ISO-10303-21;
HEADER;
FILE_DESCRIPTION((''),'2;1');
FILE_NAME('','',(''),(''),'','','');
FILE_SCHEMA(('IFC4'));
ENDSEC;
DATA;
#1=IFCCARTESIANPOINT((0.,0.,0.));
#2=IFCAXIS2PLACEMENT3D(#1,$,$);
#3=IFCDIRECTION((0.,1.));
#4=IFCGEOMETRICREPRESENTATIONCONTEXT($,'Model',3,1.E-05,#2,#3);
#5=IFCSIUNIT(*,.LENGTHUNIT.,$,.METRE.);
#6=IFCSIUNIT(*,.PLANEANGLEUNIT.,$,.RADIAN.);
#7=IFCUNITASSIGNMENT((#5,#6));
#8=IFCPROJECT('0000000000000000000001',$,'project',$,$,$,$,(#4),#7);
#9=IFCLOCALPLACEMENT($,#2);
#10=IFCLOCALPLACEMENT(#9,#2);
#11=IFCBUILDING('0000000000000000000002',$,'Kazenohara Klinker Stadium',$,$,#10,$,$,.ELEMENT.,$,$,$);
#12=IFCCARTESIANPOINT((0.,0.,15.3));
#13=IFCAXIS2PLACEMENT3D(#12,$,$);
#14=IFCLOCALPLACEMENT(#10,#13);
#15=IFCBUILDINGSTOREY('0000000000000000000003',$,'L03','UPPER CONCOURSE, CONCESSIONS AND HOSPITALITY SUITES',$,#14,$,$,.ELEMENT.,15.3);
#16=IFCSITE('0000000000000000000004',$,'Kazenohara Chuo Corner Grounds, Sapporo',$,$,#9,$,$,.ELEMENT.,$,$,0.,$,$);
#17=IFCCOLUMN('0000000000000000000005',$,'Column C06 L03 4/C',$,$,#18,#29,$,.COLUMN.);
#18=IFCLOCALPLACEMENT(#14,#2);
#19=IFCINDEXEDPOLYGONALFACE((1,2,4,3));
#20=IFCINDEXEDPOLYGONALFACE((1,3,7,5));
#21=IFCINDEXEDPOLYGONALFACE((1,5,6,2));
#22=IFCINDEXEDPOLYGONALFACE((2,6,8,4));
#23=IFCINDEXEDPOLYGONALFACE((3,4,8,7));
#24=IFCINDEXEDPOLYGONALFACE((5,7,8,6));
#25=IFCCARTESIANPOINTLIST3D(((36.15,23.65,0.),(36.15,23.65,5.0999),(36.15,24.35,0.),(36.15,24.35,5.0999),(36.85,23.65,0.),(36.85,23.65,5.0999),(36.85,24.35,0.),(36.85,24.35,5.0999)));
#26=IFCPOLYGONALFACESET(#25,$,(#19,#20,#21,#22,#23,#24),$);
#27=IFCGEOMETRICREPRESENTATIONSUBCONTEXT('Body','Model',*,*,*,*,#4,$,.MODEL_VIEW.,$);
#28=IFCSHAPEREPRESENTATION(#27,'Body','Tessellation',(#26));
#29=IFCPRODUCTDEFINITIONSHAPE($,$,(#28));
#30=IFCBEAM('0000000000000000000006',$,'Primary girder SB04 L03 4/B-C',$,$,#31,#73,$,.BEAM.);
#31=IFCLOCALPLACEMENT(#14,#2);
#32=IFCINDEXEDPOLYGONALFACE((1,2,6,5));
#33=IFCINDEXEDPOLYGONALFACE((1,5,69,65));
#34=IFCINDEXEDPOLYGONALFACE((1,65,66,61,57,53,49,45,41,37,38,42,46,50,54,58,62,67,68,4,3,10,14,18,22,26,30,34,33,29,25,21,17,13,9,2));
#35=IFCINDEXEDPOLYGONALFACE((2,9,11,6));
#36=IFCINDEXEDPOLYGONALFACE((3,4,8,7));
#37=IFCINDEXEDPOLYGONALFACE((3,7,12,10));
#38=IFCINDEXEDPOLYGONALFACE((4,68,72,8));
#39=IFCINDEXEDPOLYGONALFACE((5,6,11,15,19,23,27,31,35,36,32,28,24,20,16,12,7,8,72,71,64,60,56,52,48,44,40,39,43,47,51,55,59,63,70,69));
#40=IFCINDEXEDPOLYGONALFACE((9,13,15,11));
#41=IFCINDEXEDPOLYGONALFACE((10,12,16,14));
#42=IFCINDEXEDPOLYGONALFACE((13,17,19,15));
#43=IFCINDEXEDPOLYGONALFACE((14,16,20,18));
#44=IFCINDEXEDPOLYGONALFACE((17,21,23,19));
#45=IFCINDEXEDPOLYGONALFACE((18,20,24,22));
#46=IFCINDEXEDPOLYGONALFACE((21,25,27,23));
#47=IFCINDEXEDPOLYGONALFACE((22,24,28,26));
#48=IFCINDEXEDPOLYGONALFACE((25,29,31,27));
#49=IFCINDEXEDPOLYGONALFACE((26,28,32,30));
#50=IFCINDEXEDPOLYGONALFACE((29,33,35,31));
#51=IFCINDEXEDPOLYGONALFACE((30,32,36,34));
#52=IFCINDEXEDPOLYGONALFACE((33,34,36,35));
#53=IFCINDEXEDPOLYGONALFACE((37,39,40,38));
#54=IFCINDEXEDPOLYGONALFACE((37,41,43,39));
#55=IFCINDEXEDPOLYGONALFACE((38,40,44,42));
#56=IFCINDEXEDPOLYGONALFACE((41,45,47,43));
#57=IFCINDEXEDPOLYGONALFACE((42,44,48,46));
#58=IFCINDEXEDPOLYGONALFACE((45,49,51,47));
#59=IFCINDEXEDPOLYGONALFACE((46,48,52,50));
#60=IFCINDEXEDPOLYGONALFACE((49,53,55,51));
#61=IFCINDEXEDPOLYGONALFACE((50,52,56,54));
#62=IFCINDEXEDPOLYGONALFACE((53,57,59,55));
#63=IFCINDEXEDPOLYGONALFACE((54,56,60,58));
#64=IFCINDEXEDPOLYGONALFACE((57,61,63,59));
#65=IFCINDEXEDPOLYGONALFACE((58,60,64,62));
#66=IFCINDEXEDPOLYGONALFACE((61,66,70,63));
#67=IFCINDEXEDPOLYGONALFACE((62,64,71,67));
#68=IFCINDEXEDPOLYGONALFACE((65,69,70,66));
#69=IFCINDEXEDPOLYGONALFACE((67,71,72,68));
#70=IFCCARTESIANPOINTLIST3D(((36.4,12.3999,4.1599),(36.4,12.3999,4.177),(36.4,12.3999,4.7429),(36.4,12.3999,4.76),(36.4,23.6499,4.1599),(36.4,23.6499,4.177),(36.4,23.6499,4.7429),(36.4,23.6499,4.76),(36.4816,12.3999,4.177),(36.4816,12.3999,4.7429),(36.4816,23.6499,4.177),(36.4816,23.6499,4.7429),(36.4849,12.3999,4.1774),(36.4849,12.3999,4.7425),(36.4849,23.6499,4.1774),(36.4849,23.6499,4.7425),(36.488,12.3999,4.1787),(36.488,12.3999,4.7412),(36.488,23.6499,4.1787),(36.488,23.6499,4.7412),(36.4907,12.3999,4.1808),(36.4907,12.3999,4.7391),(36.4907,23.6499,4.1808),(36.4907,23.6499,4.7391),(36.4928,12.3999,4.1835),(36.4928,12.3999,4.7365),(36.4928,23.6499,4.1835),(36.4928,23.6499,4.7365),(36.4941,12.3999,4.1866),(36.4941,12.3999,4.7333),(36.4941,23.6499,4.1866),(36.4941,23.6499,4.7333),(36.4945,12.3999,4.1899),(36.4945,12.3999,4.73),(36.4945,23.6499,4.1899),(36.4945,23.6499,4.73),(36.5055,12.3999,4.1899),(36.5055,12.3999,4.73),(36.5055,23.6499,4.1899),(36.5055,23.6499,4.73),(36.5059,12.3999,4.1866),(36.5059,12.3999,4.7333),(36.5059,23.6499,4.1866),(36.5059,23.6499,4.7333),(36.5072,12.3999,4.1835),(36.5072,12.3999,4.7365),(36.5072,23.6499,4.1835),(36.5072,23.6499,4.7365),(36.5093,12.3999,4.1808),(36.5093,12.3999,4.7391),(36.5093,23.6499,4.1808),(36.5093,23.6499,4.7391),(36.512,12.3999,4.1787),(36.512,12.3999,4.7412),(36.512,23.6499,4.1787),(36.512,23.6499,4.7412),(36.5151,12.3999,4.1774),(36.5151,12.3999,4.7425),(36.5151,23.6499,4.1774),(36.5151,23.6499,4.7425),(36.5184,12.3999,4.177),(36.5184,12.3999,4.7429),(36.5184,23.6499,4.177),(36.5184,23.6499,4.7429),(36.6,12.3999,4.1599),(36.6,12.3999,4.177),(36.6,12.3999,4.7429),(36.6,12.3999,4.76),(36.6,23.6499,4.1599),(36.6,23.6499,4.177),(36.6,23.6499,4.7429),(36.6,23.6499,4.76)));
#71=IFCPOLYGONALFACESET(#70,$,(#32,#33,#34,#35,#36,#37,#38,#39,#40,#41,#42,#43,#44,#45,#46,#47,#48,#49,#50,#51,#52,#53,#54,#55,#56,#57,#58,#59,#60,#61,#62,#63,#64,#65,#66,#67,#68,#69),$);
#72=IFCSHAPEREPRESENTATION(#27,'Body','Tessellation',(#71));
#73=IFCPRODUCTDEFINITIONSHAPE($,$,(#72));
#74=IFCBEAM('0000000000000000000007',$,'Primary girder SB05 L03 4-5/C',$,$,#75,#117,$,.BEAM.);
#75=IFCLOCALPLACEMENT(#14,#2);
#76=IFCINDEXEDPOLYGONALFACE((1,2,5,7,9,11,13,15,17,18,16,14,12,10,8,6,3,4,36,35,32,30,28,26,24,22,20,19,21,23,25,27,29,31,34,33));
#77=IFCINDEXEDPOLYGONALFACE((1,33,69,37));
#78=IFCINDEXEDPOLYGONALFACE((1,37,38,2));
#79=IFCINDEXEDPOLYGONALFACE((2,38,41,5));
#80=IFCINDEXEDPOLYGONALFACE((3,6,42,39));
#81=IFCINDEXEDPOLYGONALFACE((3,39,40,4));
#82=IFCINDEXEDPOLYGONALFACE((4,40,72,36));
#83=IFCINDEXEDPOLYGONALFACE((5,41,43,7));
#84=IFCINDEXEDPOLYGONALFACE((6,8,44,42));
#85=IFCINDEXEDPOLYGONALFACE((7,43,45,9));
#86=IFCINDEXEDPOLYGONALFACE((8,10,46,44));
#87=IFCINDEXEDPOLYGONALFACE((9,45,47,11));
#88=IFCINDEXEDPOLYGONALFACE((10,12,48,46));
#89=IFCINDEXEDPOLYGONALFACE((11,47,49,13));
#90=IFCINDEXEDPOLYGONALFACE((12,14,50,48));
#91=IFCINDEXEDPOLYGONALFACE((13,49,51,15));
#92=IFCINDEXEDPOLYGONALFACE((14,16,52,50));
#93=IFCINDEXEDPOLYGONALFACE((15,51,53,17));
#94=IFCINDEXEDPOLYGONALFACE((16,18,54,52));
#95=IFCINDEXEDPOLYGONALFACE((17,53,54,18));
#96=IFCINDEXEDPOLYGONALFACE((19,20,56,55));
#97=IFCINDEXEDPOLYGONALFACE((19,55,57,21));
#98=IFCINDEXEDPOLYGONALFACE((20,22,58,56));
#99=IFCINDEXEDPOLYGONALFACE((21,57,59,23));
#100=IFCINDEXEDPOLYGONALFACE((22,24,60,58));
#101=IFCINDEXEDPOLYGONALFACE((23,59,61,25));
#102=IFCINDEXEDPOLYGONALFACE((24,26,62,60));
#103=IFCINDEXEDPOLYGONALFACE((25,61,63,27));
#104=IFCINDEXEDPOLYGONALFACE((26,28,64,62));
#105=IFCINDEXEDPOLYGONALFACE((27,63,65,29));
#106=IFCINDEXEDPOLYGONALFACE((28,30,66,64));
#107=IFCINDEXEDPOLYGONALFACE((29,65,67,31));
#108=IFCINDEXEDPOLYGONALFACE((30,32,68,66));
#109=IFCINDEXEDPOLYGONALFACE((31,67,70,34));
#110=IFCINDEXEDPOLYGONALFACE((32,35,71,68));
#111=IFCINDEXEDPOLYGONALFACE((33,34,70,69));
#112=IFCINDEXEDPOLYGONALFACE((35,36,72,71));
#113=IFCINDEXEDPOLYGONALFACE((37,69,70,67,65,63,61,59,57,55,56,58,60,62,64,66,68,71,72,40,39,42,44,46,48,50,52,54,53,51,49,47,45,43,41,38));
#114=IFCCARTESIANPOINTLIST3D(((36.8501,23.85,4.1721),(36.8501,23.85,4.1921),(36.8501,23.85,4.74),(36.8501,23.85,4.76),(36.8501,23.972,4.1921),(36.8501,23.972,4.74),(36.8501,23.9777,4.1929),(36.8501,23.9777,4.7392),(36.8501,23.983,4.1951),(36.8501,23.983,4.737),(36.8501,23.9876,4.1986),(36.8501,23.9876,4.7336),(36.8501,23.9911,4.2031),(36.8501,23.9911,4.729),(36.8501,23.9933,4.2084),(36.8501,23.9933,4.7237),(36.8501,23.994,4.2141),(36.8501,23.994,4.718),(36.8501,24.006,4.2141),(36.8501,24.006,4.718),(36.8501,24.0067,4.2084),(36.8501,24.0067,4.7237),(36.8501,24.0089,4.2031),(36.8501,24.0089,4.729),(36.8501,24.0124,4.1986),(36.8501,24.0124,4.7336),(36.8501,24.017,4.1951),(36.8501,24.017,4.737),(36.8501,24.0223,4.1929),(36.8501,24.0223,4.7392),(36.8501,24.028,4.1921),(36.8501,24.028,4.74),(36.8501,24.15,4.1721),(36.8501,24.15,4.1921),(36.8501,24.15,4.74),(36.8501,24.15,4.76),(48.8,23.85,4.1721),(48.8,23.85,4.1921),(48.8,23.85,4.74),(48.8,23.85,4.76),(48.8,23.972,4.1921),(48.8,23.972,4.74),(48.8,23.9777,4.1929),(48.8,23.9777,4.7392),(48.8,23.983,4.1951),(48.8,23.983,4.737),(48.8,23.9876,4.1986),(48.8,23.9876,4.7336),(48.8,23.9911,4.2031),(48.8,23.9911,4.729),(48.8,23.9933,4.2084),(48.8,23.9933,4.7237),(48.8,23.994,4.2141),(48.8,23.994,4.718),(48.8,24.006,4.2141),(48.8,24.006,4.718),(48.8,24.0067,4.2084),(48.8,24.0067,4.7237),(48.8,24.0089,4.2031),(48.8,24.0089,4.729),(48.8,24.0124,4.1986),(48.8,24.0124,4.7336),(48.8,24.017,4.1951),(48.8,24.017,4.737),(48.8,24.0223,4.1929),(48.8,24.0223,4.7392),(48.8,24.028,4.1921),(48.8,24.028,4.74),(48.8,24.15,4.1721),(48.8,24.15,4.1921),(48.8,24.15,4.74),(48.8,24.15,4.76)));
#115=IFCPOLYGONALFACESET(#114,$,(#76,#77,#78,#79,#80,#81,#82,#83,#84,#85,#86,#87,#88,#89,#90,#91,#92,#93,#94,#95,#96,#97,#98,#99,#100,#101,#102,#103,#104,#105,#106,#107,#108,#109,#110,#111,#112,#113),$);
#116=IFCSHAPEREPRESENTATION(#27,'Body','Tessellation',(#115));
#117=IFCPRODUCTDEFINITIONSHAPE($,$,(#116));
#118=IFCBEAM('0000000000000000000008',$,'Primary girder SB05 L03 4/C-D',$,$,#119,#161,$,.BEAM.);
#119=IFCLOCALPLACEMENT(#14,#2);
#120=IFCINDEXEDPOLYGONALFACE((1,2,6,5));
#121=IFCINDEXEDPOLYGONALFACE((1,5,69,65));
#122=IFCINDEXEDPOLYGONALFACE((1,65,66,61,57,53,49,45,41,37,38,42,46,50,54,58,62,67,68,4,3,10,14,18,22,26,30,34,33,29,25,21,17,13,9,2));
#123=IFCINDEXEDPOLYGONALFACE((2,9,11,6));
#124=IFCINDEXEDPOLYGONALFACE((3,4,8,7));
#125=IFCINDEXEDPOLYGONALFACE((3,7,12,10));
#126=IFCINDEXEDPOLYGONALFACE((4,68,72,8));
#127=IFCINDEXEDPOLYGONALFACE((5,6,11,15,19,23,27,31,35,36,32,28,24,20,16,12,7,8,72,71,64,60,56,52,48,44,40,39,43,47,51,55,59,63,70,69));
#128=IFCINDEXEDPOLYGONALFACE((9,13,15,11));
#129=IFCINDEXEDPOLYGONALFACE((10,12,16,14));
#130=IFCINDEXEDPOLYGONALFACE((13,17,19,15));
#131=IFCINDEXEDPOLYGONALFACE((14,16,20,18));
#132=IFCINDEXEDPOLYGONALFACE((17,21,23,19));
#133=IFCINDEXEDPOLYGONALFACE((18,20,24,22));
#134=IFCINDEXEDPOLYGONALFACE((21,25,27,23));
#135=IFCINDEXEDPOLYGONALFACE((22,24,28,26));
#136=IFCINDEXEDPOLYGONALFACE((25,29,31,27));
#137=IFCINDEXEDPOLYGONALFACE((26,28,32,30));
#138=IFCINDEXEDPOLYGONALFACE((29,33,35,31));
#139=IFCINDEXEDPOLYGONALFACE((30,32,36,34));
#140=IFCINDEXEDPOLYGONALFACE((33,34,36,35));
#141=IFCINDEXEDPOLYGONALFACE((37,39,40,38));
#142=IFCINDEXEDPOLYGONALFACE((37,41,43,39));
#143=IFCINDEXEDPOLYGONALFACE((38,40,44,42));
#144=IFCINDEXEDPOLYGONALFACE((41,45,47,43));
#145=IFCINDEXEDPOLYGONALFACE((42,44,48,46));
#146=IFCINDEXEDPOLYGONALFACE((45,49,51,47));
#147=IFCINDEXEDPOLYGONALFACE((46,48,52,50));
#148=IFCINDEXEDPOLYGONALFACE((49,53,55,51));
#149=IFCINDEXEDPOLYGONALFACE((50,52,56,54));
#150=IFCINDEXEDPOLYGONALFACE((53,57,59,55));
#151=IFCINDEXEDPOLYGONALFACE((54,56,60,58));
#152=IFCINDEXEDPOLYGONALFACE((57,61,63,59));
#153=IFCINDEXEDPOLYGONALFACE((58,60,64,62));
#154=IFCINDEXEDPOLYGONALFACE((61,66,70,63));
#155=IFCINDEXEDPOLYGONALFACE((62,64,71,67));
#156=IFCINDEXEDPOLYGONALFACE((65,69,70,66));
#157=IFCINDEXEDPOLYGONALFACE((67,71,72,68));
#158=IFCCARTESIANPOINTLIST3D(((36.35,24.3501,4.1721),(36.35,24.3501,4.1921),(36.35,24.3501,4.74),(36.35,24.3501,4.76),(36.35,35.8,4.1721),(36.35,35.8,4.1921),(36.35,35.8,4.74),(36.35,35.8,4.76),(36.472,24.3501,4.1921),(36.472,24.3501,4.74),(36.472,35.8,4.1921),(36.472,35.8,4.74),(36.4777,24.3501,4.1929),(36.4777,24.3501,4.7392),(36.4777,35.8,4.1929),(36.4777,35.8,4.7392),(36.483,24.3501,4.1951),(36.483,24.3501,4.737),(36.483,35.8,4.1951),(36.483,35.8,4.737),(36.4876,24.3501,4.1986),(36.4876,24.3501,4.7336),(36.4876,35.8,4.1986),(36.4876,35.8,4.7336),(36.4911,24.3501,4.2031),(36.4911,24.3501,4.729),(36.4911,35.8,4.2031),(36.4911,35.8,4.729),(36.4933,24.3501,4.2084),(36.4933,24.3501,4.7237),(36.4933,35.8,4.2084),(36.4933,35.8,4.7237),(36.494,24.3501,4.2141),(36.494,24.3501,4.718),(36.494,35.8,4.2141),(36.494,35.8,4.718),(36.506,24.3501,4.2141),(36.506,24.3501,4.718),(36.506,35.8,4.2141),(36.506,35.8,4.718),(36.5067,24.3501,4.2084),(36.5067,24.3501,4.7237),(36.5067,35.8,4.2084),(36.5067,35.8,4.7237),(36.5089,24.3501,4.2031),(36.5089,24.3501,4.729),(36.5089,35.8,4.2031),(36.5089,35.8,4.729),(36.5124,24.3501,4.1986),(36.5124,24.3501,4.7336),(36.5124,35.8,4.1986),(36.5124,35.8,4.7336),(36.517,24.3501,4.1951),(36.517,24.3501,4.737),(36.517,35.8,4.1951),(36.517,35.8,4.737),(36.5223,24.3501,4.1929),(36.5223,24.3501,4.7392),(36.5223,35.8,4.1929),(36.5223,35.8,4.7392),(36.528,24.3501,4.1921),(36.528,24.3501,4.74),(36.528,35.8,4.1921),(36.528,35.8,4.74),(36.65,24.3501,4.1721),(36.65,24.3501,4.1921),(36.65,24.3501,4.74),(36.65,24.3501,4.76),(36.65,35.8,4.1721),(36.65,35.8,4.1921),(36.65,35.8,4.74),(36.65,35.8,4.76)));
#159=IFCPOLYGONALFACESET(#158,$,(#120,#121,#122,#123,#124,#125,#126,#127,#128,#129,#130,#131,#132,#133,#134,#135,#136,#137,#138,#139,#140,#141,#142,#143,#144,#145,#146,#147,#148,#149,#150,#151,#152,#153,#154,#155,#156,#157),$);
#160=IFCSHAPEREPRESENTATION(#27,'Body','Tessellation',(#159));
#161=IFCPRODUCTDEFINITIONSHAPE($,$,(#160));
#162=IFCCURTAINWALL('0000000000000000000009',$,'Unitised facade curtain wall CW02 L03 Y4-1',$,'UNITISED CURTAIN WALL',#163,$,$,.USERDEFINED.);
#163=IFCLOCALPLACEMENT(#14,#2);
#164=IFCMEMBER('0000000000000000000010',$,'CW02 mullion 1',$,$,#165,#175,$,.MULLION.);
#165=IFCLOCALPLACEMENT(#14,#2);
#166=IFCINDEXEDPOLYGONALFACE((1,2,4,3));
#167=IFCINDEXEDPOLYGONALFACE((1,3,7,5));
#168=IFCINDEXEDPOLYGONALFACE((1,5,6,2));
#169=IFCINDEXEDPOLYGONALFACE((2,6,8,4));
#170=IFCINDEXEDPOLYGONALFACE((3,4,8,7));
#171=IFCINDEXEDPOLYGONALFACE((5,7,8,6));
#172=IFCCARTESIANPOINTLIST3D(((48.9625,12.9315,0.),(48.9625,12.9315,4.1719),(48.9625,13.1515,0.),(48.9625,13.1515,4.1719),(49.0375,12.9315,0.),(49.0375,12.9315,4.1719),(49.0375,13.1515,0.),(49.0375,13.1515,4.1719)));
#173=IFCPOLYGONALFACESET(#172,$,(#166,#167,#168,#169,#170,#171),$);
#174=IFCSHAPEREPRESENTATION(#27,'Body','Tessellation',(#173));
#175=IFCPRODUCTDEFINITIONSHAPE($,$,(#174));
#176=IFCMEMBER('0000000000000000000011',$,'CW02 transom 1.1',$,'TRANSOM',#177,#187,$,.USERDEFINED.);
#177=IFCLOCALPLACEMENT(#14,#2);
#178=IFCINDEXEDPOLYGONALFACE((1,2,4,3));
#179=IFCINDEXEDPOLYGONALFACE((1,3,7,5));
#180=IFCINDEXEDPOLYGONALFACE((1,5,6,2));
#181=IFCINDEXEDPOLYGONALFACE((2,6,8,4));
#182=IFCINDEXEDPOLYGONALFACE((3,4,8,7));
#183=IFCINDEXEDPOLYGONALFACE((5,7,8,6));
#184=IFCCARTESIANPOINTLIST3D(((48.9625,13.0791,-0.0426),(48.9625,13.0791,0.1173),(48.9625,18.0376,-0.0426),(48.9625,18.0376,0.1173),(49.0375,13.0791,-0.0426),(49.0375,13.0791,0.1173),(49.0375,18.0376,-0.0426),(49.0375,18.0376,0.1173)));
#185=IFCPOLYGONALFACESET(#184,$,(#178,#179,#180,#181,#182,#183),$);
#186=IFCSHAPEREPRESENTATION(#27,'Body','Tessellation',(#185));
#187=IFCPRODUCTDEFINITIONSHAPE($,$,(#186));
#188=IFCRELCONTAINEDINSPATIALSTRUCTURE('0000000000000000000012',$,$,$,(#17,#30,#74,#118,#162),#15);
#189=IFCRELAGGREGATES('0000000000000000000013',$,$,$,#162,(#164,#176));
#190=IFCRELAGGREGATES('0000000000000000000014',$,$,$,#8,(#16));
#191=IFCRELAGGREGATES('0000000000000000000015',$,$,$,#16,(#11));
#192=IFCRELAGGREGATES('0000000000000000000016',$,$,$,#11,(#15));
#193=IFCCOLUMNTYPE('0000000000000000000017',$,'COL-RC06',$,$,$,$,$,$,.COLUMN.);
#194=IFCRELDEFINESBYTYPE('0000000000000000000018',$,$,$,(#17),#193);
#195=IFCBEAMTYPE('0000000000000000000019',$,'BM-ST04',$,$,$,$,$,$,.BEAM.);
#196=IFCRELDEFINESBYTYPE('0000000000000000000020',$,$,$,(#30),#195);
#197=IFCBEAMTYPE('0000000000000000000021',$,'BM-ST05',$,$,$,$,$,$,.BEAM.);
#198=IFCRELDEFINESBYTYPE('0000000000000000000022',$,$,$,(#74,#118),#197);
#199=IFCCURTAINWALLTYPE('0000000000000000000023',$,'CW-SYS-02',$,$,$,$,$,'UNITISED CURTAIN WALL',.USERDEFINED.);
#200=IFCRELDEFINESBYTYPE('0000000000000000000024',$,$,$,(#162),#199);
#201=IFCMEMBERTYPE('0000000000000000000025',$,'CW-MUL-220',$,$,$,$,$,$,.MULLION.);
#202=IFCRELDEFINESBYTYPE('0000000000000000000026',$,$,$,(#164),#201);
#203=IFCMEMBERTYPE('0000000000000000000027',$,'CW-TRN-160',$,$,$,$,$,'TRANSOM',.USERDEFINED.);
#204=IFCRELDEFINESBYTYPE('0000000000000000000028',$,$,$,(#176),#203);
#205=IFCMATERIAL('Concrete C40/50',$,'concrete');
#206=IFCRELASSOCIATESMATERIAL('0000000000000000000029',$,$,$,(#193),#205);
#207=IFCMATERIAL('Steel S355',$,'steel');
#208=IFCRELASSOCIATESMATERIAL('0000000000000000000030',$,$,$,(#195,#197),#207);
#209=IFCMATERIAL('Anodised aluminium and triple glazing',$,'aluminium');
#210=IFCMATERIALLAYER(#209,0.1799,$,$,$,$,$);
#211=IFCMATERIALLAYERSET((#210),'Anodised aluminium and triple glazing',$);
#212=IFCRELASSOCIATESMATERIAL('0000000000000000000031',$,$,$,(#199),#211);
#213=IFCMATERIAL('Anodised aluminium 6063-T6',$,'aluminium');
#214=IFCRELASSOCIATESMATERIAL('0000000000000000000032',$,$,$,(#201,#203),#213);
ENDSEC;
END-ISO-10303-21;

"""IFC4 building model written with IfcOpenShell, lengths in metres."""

from ifc_helpers import new_model, si_unit, direction, frame, origin, origin_2d, place, context, subcontext, project, spatial, rectangle, i_section, extrude, material, layer, layer_set, material_profile, profile_set, type_object, element, aggregate, save


model = new_model("IFC4")

# Units and contexts
model_context = context("Model", 3, precision=1e-05, world=origin(), true_north=direction((0.0, 1.0)))
body_context = subcontext(model_context, "Body", "Model", "MODEL_VIEW")
ifc_project = project(units=[si_unit("LENGTHUNIT", "METRE"), si_unit("PLANEANGLEUNIT", "RADIAN")], contexts=[model_context])

# Site, building, storey
site_placement = place(None, origin())
site = spatial("IfcSite", under=ifc_project, at=site_placement, Name="Kazenohara Chuo Corner Grounds, Sapporo", CompositionType="ELEMENT", RefElevation=0.0)
building_placement = place(site_placement, origin())
building = spatial("IfcBuilding", under=site, at=building_placement, Name="Kazenohara Klinker Stadium", CompositionType="ELEMENT")
storey_placement = place(building_placement, frame((0.0, 0.0, 15.3)))
storey = spatial("IfcBuildingStorey", under=building, at=storey_placement, Name="L03", Description="UPPER CONCOURSE, CONCESSIONS AND HOSPITALITY SUITES", CompositionType="ELEMENT", Elevation=15.3)

# Column
ifc_material_1 = material(Name="Concrete C40/50", Category="concrete")
ifc_material_profile_1 = material_profile(ifc_material_1, rectangle(XDim=0.7, YDim=0.7, at=origin_2d()), Name="RC-COL-700x700")
ifc_profile_set_1 = profile_set([ifc_material_profile_1], Name="Concrete C40/50")
column_type = type_object("IfcColumnType", Name="COL-RC06", PredefinedType="COLUMN", material=ifc_profile_set_1)
column_placement = place(storey_placement, frame((36.5, 24.0, 0.0), z_axis=(0.0, 0.0, 1.0), x_axis=(1.0, 0.0, 0.0)))
element("IfcColumn", 1, at=column_placement, inside=storey, type_object=column_type, Name="Column C06 L03 4/C", PredefinedType="COLUMN", context=body_context, shape_type="SweptSolid", body=[
    extrude(rectangle(XDim=0.7, YDim=0.7, at=origin_2d()), origin(), (0.0, 0.0, 1.0), 5.0999),
])

# Beams
ifc_material_2 = material(Name="Steel S355", Category="steel")
ifc_material_profile_2 = material_profile(ifc_material_2, i_section(OverallWidth=0.2, OverallDepth=0.6001, WebThickness=0.011, FlangeThickness=0.0171, FilletRadius=0.0129, at=origin_2d()), Name="H-600x200x11x17")
ifc_profile_set_2 = profile_set([ifc_material_profile_2], Name="Steel S355")
beam_type_1 = type_object("IfcBeamType", Name="BM-ST04", PredefinedType="BEAM", material=ifc_profile_set_2)
beam_1_placement = place(storey_placement, frame((36.5, 12.3999, 4.46), z_axis=(0.0, 1.0, 0.0), x_axis=(-1.0, 0.0, 0.0)))
element("IfcBeam", 2, at=beam_1_placement, inside=storey, type_object=beam_type_1, Name="Primary girder SB04 L03 4/B-C", PredefinedType="BEAM", context=body_context, shape_type="SweptSolid", body=[
    extrude(i_section(OverallWidth=0.2, OverallDepth=0.6001, WebThickness=0.011, FlangeThickness=0.0171, FilletRadius=0.0129, at=origin_2d()), origin(), (0.0, 0.0, 1.0), 11.25),
])
ifc_material_profile_3 = material_profile(ifc_material_2, i_section(OverallWidth=0.3, OverallDepth=0.5879, WebThickness=0.012, FlangeThickness=0.02, FilletRadius=0.022, at=origin_2d()), Name="H-588x300x12x20")
ifc_profile_set_3 = profile_set([ifc_material_profile_3], Name="Steel S355")
beam_type_2 = type_object("IfcBeamType", Name="BM-ST05", PredefinedType="BEAM", material=ifc_profile_set_3)
beam_2_placement = place(storey_placement, frame((36.8501, 24.0, 4.4661), z_axis=(1.0, 0.0, 0.0), x_axis=(0.0, 1.0, 0.0)))
element("IfcBeam", 3, at=beam_2_placement, inside=storey, type_object=beam_type_2, Name="Primary girder SB05 L03 4-5/C", PredefinedType="BEAM", context=body_context, shape_type="SweptSolid", body=[
    extrude(i_section(OverallWidth=0.3, OverallDepth=0.5879, WebThickness=0.012, FlangeThickness=0.02, FilletRadius=0.022, at=origin_2d()), origin(), (0.0, 0.0, 1.0), 11.95),
])
beam_3_placement = place(storey_placement, frame((36.5, 24.3501, 4.4661), z_axis=(0.0, 1.0, 0.0), x_axis=(-1.0, 0.0, 0.0)))
element("IfcBeam", 4, at=beam_3_placement, inside=storey, type_object=beam_type_2, Name="Primary girder SB05 L03 4/C-D", PredefinedType="BEAM", context=body_context, shape_type="SweptSolid", body=[
    extrude(i_section(OverallWidth=0.3, OverallDepth=0.5879, WebThickness=0.012, FlangeThickness=0.02, FilletRadius=0.022, at=origin_2d()), origin(), (0.0, 0.0, 1.0), 11.45),
])

# Curtain wall, members
ifc_material_3 = material(Name="Anodised aluminium and triple glazing", Category="aluminium")
ifc_layer_1 = layer(ifc_material_3, 0.1799)
ifc_layer_set_1 = layer_set([ifc_layer_1], Name="Anodised aluminium and triple glazing")
curtain_wall_type = type_object("IfcCurtainWallType", Name="CW-SYS-02", ElementType="UNITISED CURTAIN WALL", PredefinedType="USERDEFINED", material=ifc_layer_set_1)
curtain_wall_placement = place(storey_placement, origin())
curtain_wall = element("IfcCurtainWall", 5, at=curtain_wall_placement, inside=storey, type_object=curtain_wall_type, Name="Unitised facade curtain wall CW02 L03 Y4-1", ObjectType="UNITISED CURTAIN WALL", PredefinedType="USERDEFINED")
ifc_material_4 = material(Name="Anodised aluminium 6063-T6", Category="aluminium")
ifc_material_profile_4 = material_profile(ifc_material_4, rectangle(XDim=0.075, YDim=0.22, at=origin_2d()), Name="ALU-MUL-75x220")
ifc_profile_set_4 = profile_set([ifc_material_profile_4], Name="Anodised aluminium 6063-T6")
member_type_1 = type_object("IfcMemberType", Name="CW-MUL-220", PredefinedType="MULLION", material=ifc_profile_set_4)
member_1_placement = place(storey_placement, frame((49.0, 13.0415, 0.0), z_axis=(0.0, 0.0, 1.0), x_axis=(-1.0, 0.0, 0.0)))
member_1 = element("IfcMember", 6, at=member_1_placement, type_object=member_type_1, Name="CW02 mullion 1", PredefinedType="MULLION", context=body_context, shape_type="SweptSolid", body=[
    extrude(rectangle(XDim=0.075, YDim=0.22, at=origin_2d()), origin(), (0.0, 0.0, 1.0), 4.1719),
])
ifc_material_profile_5 = material_profile(ifc_material_4, rectangle(XDim=0.075, YDim=0.1599, at=origin_2d()), Name="ALU-TRN-75x160")
ifc_profile_set_5 = profile_set([ifc_material_profile_5], Name="Anodised aluminium 6063-T6")
member_type_2 = type_object("IfcMemberType", Name="CW-TRN-160", ElementType="TRANSOM", PredefinedType="USERDEFINED", material=ifc_profile_set_5)
member_2_placement = place(storey_placement, frame((49.0, 13.0791, 0.0374), z_axis=(0.0, 1.0, 0.0), x_axis=(-1.0, 0.0, 0.0)))
member_2 = element("IfcMember", 7, at=member_2_placement, type_object=member_type_2, Name="CW02 transom 1.1", ObjectType="TRANSOM", PredefinedType="USERDEFINED", context=body_context, shape_type="SweptSolid", body=[
    extrude(rectangle(XDim=0.075, YDim=0.1599, at=origin_2d()), origin(), (0.0, 0.0, 1.0), 4.9585),
])
aggregate(curtain_wall, [member_1, member_2])

save(model, "model.ifc")
